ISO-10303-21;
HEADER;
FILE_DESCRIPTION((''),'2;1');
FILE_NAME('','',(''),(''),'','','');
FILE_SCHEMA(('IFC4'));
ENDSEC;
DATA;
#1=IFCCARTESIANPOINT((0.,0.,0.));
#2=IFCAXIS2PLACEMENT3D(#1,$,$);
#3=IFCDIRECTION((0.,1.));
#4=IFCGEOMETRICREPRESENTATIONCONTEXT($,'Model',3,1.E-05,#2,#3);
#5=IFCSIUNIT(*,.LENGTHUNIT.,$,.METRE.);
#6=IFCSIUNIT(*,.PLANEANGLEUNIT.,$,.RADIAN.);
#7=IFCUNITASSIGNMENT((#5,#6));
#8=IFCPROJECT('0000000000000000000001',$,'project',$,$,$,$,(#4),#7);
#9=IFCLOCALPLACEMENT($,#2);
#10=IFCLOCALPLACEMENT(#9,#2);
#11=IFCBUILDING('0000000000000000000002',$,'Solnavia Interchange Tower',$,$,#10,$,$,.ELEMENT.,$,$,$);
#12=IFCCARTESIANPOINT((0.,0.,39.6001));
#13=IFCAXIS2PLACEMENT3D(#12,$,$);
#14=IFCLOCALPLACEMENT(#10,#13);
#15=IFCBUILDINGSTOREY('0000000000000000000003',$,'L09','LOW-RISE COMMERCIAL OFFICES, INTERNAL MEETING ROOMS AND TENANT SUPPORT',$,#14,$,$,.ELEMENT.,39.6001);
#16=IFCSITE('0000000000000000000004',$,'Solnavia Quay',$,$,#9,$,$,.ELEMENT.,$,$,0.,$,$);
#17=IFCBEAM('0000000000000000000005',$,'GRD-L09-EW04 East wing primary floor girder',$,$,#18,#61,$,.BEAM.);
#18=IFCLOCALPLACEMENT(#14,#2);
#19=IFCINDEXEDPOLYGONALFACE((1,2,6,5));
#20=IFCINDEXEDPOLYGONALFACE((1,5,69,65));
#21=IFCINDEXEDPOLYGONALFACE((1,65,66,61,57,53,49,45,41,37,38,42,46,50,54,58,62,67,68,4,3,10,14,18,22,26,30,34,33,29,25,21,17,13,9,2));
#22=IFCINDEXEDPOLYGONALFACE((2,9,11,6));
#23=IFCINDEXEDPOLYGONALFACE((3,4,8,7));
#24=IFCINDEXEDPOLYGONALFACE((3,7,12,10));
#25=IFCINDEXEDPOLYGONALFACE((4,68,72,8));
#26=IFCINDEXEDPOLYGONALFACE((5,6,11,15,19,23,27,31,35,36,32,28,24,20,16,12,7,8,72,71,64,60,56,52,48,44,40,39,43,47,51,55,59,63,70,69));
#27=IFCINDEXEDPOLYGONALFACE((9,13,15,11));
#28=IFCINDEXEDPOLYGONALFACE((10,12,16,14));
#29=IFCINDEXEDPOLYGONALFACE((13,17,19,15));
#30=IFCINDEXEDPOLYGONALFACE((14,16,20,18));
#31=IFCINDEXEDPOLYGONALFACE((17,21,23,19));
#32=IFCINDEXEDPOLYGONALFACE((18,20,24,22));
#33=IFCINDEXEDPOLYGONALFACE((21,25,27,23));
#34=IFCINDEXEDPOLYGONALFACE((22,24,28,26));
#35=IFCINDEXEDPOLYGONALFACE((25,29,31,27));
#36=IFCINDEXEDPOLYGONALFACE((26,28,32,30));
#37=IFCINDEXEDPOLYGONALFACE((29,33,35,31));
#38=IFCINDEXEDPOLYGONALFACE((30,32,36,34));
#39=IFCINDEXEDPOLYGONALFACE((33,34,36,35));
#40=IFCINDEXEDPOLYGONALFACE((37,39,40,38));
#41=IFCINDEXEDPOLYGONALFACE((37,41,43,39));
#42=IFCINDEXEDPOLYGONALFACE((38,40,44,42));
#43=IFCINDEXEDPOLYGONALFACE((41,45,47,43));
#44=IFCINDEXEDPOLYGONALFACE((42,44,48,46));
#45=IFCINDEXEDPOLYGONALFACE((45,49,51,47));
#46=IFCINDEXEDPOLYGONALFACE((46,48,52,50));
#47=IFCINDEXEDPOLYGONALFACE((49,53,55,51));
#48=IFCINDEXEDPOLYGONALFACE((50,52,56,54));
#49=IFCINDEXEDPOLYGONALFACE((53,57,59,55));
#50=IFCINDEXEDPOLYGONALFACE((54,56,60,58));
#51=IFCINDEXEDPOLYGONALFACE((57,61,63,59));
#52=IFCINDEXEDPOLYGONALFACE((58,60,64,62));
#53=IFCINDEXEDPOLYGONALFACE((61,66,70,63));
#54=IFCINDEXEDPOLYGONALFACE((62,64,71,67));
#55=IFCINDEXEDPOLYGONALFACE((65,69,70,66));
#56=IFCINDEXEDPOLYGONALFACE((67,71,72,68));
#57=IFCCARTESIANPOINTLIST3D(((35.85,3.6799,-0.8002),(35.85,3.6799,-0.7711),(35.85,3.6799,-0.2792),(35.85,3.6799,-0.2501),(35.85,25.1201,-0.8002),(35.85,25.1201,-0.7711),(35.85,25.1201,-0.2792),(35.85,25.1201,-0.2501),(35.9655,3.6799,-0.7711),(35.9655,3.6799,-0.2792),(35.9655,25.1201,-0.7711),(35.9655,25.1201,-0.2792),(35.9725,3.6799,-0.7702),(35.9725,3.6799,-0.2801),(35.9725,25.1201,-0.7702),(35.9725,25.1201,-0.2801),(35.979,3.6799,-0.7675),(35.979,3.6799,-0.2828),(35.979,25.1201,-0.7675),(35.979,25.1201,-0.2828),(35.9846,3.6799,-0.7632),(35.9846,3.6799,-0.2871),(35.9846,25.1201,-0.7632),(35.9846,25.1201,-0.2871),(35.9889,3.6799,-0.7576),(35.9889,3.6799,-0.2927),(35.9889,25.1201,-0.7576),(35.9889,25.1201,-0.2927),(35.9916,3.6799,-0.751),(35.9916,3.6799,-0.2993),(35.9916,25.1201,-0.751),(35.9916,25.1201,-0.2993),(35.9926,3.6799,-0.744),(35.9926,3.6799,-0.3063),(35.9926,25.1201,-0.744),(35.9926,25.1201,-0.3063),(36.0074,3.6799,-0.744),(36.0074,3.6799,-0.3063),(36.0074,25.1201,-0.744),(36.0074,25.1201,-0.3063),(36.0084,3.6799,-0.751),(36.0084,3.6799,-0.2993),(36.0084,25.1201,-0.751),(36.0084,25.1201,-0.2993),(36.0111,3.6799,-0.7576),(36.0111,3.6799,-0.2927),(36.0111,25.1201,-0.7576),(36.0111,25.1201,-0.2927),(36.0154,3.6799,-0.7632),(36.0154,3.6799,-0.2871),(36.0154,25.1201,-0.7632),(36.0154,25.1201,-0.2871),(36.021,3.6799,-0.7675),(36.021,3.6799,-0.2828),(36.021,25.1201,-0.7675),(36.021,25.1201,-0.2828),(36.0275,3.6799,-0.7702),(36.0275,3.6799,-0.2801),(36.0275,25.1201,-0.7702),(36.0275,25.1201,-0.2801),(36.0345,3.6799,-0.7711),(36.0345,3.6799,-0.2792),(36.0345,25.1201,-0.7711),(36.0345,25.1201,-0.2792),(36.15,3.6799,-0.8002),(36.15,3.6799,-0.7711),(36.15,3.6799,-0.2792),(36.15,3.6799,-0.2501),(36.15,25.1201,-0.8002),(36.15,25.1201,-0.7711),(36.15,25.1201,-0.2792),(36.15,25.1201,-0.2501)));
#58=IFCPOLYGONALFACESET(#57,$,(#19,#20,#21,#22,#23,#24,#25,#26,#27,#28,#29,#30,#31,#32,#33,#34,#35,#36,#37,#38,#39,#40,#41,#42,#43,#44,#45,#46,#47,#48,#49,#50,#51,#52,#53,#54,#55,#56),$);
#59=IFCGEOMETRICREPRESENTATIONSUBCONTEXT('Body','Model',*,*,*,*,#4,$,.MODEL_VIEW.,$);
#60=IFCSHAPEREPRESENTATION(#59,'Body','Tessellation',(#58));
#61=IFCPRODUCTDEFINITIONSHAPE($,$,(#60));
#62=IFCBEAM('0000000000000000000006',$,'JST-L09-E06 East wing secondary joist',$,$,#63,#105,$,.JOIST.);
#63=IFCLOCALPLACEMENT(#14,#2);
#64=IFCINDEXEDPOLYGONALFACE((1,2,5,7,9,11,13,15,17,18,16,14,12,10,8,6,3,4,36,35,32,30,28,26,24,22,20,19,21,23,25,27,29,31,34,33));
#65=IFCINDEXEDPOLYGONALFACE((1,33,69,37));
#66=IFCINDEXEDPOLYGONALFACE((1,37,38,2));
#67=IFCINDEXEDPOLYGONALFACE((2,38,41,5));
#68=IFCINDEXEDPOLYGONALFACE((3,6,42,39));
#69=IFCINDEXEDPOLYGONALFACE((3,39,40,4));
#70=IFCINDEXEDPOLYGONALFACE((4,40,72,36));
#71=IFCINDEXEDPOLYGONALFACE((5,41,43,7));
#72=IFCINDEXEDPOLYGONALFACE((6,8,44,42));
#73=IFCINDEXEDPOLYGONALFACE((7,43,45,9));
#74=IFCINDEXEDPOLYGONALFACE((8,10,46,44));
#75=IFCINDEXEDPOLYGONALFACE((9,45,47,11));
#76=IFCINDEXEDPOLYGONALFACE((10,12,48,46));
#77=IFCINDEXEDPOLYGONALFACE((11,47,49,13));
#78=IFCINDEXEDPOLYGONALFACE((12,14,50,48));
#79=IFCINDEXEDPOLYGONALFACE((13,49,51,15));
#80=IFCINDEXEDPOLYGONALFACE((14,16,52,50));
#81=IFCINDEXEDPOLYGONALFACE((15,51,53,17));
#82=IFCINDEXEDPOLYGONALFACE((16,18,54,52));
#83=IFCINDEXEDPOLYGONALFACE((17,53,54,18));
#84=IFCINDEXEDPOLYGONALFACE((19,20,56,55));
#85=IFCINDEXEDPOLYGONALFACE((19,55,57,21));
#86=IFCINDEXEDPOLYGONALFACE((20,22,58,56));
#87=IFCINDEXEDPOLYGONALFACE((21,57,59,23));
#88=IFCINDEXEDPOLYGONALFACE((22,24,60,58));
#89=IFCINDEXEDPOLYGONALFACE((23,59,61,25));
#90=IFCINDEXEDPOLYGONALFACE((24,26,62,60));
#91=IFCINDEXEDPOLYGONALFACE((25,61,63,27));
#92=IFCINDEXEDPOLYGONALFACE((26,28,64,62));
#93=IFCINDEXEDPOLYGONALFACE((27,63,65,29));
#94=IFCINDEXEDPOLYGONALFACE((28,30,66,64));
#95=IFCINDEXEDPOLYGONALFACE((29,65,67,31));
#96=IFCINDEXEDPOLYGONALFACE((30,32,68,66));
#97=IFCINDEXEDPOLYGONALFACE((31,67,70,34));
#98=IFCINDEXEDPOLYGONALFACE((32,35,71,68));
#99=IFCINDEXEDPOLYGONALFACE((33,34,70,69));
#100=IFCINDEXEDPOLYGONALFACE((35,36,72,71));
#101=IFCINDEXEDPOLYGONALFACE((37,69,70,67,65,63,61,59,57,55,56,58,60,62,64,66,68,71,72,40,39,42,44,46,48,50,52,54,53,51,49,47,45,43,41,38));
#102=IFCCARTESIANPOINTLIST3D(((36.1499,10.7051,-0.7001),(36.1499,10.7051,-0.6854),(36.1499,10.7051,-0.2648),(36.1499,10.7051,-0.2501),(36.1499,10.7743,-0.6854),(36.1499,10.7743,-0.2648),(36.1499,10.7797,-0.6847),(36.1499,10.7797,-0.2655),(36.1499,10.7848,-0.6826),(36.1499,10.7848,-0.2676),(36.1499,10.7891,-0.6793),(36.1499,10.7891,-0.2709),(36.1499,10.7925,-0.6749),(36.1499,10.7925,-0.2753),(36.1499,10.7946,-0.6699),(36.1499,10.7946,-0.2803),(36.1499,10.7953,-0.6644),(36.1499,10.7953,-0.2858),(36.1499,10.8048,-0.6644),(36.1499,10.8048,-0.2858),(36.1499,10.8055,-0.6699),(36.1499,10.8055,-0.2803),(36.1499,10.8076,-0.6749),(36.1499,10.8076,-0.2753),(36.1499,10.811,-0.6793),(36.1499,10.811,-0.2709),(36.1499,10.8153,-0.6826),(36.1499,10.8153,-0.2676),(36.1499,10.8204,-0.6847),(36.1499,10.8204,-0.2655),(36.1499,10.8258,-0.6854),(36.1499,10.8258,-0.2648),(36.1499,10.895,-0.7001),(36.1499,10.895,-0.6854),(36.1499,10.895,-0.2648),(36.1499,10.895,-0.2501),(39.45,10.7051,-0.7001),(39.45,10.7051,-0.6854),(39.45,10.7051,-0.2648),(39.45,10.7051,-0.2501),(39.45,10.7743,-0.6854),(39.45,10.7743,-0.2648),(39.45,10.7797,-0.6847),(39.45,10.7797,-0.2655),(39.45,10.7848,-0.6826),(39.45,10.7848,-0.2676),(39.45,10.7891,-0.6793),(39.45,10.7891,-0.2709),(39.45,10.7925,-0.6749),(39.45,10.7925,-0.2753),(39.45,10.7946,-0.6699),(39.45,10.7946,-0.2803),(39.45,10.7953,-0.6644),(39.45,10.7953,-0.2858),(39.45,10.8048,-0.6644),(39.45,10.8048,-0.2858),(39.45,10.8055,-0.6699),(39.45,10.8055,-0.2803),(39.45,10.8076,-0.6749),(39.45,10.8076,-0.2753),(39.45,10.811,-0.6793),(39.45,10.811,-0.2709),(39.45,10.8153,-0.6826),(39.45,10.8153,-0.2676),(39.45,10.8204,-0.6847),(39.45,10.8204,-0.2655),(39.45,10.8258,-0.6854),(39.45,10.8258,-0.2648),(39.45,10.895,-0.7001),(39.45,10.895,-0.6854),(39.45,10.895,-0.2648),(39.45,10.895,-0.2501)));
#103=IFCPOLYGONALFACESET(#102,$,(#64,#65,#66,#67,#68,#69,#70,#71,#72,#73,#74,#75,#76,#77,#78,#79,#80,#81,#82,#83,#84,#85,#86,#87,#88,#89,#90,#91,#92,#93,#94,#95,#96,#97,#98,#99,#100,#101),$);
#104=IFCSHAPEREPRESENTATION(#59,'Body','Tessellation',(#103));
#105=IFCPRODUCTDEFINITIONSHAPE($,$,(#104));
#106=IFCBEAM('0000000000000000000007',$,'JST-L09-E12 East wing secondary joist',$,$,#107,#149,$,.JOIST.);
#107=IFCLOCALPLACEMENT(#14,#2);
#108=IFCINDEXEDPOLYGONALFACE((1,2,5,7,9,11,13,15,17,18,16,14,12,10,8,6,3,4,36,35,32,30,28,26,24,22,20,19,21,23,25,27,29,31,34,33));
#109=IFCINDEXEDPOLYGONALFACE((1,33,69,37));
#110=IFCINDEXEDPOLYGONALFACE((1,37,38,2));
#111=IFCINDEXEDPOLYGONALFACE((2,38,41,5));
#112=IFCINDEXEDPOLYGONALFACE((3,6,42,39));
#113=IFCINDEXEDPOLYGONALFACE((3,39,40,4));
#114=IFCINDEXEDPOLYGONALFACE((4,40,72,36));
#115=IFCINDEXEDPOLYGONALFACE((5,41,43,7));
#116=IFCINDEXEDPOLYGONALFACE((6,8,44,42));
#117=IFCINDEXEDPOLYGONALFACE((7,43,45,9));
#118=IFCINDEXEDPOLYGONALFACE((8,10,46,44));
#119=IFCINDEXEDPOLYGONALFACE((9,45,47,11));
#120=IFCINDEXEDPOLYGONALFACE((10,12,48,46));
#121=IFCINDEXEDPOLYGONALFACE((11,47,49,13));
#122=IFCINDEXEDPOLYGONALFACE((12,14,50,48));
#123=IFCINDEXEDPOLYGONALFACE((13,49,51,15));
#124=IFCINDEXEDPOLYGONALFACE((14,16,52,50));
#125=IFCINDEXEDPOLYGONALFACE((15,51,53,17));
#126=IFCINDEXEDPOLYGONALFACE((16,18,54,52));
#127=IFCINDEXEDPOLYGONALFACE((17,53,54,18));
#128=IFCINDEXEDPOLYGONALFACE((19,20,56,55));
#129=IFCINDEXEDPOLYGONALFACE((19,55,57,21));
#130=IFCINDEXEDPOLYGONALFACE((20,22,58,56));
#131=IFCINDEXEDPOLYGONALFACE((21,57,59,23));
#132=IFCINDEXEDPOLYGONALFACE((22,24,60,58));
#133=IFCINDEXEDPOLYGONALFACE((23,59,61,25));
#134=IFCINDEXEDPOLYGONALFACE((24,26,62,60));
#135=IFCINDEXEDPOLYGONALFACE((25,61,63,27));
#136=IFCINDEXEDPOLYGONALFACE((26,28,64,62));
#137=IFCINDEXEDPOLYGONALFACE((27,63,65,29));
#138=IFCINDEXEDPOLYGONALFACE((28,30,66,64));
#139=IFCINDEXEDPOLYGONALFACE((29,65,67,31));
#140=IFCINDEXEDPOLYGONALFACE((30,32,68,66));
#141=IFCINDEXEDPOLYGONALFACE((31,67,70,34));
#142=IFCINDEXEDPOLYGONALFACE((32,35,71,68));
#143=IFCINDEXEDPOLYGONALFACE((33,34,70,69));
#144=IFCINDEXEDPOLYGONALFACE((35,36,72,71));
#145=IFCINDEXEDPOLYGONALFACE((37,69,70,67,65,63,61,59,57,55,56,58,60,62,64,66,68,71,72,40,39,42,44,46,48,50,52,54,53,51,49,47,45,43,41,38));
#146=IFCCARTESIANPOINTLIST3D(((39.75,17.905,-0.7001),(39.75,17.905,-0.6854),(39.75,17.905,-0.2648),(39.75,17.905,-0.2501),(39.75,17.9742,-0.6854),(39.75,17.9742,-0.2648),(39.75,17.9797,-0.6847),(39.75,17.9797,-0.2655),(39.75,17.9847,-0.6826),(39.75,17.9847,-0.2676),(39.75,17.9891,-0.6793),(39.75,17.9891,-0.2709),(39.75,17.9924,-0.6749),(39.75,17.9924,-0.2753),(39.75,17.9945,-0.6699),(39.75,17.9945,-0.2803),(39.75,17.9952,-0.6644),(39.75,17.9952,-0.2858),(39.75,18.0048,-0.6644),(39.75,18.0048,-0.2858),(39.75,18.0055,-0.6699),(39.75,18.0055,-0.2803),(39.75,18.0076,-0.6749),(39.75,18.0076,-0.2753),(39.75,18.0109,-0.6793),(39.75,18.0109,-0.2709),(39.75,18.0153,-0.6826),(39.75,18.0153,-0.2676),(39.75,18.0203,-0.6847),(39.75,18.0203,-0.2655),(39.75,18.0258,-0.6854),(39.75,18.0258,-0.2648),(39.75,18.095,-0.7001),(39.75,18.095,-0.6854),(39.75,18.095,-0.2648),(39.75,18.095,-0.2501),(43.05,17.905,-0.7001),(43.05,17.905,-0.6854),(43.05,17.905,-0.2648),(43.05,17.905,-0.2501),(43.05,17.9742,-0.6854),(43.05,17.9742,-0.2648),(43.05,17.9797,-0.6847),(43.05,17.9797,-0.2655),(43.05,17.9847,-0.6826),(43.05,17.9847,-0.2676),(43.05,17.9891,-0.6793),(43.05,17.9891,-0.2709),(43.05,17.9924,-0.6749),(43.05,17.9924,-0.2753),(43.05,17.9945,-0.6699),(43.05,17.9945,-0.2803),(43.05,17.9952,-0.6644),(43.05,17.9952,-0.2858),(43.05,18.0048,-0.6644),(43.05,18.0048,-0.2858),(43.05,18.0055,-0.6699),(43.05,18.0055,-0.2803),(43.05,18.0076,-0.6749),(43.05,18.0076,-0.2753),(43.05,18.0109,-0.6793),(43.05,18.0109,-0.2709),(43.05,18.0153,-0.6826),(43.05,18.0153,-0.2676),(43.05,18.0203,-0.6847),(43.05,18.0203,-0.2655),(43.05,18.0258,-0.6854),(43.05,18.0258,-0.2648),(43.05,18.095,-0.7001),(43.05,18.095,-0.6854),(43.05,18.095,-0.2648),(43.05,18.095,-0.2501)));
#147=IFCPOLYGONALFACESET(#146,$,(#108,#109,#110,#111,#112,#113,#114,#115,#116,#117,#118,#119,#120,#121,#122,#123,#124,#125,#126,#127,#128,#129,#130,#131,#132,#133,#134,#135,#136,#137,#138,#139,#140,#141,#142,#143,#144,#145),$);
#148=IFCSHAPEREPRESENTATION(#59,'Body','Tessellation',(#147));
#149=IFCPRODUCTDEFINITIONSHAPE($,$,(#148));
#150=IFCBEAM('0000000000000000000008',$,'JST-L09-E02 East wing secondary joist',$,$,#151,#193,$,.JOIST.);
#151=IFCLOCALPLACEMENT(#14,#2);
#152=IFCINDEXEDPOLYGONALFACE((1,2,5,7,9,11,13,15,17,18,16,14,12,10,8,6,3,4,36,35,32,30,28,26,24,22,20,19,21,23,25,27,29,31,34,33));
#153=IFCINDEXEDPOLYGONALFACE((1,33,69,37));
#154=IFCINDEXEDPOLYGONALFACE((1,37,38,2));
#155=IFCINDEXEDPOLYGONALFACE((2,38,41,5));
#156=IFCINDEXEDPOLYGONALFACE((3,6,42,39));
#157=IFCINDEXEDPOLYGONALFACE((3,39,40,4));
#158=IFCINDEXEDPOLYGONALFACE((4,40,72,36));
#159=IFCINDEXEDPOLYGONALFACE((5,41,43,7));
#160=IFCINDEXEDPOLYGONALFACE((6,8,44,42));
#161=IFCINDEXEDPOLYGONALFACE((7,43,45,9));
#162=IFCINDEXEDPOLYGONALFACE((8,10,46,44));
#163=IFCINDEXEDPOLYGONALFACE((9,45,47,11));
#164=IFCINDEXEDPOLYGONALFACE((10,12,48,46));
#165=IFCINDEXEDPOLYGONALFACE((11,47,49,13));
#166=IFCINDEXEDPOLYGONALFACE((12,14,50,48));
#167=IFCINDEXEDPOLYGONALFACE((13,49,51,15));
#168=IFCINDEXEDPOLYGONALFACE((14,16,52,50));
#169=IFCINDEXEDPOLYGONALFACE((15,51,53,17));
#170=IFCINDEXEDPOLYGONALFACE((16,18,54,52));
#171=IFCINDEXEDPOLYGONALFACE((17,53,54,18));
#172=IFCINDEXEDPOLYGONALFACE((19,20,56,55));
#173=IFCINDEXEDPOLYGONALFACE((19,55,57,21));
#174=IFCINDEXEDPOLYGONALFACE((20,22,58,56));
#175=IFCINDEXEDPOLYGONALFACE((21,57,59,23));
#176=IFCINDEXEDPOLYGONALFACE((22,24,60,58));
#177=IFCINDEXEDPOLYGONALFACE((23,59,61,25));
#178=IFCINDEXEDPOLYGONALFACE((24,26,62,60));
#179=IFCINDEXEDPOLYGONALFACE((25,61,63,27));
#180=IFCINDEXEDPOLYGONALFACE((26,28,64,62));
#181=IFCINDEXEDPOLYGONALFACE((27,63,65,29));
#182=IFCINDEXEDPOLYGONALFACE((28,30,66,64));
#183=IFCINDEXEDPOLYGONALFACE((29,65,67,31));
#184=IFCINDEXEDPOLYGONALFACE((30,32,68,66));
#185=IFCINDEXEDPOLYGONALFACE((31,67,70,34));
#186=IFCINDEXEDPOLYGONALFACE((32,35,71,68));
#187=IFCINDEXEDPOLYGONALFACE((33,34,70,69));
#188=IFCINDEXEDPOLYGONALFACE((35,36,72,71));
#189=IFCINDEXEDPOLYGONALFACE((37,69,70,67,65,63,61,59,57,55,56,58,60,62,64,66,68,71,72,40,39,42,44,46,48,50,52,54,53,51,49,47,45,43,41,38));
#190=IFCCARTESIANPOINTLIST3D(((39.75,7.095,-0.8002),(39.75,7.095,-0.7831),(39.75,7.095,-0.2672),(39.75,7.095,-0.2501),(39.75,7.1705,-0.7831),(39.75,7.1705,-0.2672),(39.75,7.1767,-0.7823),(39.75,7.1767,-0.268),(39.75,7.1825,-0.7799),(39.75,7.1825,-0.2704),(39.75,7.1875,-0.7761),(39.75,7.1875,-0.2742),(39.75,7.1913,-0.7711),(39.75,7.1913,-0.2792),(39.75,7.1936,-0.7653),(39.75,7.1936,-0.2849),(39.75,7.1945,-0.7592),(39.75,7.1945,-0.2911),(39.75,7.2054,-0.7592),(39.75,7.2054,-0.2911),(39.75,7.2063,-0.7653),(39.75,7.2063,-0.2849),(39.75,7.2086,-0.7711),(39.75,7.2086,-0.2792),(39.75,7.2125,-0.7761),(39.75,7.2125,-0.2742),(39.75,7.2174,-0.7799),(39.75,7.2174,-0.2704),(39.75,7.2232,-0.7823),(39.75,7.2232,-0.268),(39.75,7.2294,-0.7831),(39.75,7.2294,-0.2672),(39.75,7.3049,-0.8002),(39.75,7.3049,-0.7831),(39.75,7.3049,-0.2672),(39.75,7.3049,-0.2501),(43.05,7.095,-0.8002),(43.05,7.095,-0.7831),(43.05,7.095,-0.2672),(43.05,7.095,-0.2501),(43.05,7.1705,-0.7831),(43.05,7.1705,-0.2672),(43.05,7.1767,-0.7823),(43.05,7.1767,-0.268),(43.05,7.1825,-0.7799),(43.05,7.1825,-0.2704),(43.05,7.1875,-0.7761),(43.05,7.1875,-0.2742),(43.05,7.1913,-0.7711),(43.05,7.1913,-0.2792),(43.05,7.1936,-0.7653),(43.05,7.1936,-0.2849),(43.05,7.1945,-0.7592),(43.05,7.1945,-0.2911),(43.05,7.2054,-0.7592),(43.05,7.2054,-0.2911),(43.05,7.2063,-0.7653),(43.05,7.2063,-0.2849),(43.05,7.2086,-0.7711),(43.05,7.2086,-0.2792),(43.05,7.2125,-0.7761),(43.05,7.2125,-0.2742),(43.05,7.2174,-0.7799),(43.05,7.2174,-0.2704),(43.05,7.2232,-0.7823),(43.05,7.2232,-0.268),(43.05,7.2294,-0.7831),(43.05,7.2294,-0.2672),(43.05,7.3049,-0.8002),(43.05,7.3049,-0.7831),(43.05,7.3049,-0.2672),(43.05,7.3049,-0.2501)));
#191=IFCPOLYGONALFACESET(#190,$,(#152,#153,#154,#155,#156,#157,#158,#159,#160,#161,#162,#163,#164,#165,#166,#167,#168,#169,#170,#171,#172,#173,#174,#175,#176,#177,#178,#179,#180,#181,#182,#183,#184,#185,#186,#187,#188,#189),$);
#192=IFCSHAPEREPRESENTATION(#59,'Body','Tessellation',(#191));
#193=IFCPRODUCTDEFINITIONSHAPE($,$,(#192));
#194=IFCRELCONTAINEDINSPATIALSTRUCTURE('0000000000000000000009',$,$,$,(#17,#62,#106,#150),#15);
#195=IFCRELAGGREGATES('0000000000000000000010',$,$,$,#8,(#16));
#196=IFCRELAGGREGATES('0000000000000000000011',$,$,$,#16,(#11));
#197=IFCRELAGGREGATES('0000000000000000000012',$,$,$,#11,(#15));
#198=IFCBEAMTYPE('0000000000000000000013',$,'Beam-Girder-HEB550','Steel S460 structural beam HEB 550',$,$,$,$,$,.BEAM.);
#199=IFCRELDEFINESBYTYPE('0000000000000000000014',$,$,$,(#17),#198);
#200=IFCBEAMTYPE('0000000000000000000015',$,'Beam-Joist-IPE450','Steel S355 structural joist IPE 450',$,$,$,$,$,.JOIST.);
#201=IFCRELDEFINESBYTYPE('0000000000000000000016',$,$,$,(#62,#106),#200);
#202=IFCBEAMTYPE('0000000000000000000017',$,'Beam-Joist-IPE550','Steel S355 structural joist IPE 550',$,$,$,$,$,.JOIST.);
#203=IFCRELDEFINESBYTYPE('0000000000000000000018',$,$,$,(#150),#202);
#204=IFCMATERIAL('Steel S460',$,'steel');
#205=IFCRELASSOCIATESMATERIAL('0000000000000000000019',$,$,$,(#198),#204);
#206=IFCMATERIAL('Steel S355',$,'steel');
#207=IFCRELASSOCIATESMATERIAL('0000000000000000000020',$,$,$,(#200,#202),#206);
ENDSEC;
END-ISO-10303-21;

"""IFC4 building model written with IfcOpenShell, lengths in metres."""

from ifc_helpers import new_model, si_unit, direction, frame, origin, origin_2d, place, context, subcontext, project, spatial, i_section, extrude, material, material_profile, profile_set, type_object, element, save


model = new_model("IFC4")

# Units and contexts
model_context = context("Model", 3, precision=1e-05, world=origin(), true_north=direction((0.0, 1.0)))
body_context = subcontext(model_context, "Body", "Model", "MODEL_VIEW")
ifc_project = project(units=[si_unit("LENGTHUNIT", "METRE"), si_unit("PLANEANGLEUNIT", "RADIAN")], contexts=[model_context])

# Site, building, storey
site_placement = place(None, origin())
site = spatial("IfcSite", under=ifc_project, at=site_placement, Name="Solnavia Quay", CompositionType="ELEMENT", RefElevation=0.0)
building_placement = place(site_placement, origin())
building = spatial("IfcBuilding", under=site, at=building_placement, Name="Solnavia Interchange Tower", CompositionType="ELEMENT")
storey_placement = place(building_placement, frame((0.0, 0.0, 39.6001)))
storey = spatial("IfcBuildingStorey", under=building, at=storey_placement, Name="L09", Description="LOW-RISE COMMERCIAL OFFICES, INTERNAL MEETING ROOMS AND TENANT SUPPORT", CompositionType="ELEMENT", Elevation=39.6001)

# Shared definitions
ifc_material_1 = material(Name="Steel S355", Category="steel")

# Beams
ifc_material_2 = material(Name="Steel S460", Category="steel")
ifc_material_profile_1 = material_profile(ifc_material_2, i_section(OverallWidth=0.3, OverallDepth=0.55, WebThickness=0.0149, FlangeThickness=0.0291, FilletRadius=0.0271, at=origin_2d()), Name="HEB 550")
ifc_profile_set_1 = profile_set([ifc_material_profile_1], Name="Steel S460")
beam_type_1 = type_object("IfcBeamType", Name="Beam-Girder-HEB550", Description="Steel S460 structural beam HEB 550", PredefinedType="BEAM", material=ifc_profile_set_1)
beam_1_placement = place(storey_placement, frame((36.0, 3.6799, -0.5251), z_axis=(0.0, 1.0, 0.0), x_axis=(-1.0, 0.0, 0.0)))
element("IfcBeam", 1, at=beam_1_placement, inside=storey, type_object=beam_type_1, Name="GRD-L09-EW04 East wing primary floor girder", PredefinedType="BEAM", context=body_context, shape_type="SweptSolid", body=[
    extrude(i_section(OverallWidth=0.3, OverallDepth=0.55, WebThickness=0.0149, FlangeThickness=0.0291, FilletRadius=0.0271, at=origin_2d()), origin(), (0.0, 0.0, 1.0), 21.4402),
])
ifc_material_profile_2 = material_profile(ifc_material_1, i_section(OverallWidth=0.1899, OverallDepth=0.45, WebThickness=0.0095, FlangeThickness=0.0146, FilletRadius=0.021, at=origin_2d()), Name="IPE 450")
ifc_profile_set_2 = profile_set([ifc_material_profile_2], Name="Steel S355")
beam_type_2 = type_object("IfcBeamType", Name="Beam-Joist-IPE450", Description="Steel S355 structural joist IPE 450", PredefinedType="JOIST", material=ifc_profile_set_2)
for number, where, z_axis, x_axis, name in (
    (2, (36.1499, 10.8, -0.4751), (1.0, 0.0, 0.0), (0.0, 1.0, 0.0), "JST-L09-E06 East wing secondary joist"),
    (3, (39.75, 18.0, -0.4751), (1.0, 0.0, 0.0), (0.0, 1.0, 0.0), "JST-L09-E12 East wing secondary joist"),
):
    element("IfcBeam", number, at=place(storey_placement, frame(where, z_axis=z_axis, x_axis=x_axis)), inside=storey, type_object=beam_type_2, Name=name, PredefinedType="JOIST", context=body_context, shape_type="SweptSolid", body=[
        extrude(i_section(OverallWidth=0.1899, OverallDepth=0.45, WebThickness=0.0095, FlangeThickness=0.0146, FilletRadius=0.021, at=origin_2d()), origin(), (0.0, 0.0, 1.0), 3.3),
    ])
ifc_material_profile_3 = material_profile(ifc_material_1, i_section(OverallWidth=0.21, OverallDepth=0.55, WebThickness=0.011, FlangeThickness=0.0171, FilletRadius=0.0239, at=origin_2d()), Name="IPE 550")
ifc_profile_set_3 = profile_set([ifc_material_profile_3], Name="Steel S355")
beam_type_3 = type_object("IfcBeamType", Name="Beam-Joist-IPE550", Description="Steel S355 structural joist IPE 550", PredefinedType="JOIST", material=ifc_profile_set_3)
for number, where, z_axis, x_axis, name in (
    (4, (39.75, 7.2, -0.5251), (1.0, 0.0, 0.0), (0.0, 1.0, 0.0), "JST-L09-E02 East wing secondary joist"),
):
    element("IfcBeam", number, at=place(storey_placement, frame(where, z_axis=z_axis, x_axis=x_axis)), inside=storey, type_object=beam_type_3, Name=name, PredefinedType="JOIST", context=body_context, shape_type="SweptSolid", body=[
        extrude(i_section(OverallWidth=0.21, OverallDepth=0.55, WebThickness=0.011, FlangeThickness=0.0171, FilletRadius=0.0239, at=origin_2d()), origin(), (0.0, 0.0, 1.0), 3.3),
    ])

save(model, "model.ifc")
